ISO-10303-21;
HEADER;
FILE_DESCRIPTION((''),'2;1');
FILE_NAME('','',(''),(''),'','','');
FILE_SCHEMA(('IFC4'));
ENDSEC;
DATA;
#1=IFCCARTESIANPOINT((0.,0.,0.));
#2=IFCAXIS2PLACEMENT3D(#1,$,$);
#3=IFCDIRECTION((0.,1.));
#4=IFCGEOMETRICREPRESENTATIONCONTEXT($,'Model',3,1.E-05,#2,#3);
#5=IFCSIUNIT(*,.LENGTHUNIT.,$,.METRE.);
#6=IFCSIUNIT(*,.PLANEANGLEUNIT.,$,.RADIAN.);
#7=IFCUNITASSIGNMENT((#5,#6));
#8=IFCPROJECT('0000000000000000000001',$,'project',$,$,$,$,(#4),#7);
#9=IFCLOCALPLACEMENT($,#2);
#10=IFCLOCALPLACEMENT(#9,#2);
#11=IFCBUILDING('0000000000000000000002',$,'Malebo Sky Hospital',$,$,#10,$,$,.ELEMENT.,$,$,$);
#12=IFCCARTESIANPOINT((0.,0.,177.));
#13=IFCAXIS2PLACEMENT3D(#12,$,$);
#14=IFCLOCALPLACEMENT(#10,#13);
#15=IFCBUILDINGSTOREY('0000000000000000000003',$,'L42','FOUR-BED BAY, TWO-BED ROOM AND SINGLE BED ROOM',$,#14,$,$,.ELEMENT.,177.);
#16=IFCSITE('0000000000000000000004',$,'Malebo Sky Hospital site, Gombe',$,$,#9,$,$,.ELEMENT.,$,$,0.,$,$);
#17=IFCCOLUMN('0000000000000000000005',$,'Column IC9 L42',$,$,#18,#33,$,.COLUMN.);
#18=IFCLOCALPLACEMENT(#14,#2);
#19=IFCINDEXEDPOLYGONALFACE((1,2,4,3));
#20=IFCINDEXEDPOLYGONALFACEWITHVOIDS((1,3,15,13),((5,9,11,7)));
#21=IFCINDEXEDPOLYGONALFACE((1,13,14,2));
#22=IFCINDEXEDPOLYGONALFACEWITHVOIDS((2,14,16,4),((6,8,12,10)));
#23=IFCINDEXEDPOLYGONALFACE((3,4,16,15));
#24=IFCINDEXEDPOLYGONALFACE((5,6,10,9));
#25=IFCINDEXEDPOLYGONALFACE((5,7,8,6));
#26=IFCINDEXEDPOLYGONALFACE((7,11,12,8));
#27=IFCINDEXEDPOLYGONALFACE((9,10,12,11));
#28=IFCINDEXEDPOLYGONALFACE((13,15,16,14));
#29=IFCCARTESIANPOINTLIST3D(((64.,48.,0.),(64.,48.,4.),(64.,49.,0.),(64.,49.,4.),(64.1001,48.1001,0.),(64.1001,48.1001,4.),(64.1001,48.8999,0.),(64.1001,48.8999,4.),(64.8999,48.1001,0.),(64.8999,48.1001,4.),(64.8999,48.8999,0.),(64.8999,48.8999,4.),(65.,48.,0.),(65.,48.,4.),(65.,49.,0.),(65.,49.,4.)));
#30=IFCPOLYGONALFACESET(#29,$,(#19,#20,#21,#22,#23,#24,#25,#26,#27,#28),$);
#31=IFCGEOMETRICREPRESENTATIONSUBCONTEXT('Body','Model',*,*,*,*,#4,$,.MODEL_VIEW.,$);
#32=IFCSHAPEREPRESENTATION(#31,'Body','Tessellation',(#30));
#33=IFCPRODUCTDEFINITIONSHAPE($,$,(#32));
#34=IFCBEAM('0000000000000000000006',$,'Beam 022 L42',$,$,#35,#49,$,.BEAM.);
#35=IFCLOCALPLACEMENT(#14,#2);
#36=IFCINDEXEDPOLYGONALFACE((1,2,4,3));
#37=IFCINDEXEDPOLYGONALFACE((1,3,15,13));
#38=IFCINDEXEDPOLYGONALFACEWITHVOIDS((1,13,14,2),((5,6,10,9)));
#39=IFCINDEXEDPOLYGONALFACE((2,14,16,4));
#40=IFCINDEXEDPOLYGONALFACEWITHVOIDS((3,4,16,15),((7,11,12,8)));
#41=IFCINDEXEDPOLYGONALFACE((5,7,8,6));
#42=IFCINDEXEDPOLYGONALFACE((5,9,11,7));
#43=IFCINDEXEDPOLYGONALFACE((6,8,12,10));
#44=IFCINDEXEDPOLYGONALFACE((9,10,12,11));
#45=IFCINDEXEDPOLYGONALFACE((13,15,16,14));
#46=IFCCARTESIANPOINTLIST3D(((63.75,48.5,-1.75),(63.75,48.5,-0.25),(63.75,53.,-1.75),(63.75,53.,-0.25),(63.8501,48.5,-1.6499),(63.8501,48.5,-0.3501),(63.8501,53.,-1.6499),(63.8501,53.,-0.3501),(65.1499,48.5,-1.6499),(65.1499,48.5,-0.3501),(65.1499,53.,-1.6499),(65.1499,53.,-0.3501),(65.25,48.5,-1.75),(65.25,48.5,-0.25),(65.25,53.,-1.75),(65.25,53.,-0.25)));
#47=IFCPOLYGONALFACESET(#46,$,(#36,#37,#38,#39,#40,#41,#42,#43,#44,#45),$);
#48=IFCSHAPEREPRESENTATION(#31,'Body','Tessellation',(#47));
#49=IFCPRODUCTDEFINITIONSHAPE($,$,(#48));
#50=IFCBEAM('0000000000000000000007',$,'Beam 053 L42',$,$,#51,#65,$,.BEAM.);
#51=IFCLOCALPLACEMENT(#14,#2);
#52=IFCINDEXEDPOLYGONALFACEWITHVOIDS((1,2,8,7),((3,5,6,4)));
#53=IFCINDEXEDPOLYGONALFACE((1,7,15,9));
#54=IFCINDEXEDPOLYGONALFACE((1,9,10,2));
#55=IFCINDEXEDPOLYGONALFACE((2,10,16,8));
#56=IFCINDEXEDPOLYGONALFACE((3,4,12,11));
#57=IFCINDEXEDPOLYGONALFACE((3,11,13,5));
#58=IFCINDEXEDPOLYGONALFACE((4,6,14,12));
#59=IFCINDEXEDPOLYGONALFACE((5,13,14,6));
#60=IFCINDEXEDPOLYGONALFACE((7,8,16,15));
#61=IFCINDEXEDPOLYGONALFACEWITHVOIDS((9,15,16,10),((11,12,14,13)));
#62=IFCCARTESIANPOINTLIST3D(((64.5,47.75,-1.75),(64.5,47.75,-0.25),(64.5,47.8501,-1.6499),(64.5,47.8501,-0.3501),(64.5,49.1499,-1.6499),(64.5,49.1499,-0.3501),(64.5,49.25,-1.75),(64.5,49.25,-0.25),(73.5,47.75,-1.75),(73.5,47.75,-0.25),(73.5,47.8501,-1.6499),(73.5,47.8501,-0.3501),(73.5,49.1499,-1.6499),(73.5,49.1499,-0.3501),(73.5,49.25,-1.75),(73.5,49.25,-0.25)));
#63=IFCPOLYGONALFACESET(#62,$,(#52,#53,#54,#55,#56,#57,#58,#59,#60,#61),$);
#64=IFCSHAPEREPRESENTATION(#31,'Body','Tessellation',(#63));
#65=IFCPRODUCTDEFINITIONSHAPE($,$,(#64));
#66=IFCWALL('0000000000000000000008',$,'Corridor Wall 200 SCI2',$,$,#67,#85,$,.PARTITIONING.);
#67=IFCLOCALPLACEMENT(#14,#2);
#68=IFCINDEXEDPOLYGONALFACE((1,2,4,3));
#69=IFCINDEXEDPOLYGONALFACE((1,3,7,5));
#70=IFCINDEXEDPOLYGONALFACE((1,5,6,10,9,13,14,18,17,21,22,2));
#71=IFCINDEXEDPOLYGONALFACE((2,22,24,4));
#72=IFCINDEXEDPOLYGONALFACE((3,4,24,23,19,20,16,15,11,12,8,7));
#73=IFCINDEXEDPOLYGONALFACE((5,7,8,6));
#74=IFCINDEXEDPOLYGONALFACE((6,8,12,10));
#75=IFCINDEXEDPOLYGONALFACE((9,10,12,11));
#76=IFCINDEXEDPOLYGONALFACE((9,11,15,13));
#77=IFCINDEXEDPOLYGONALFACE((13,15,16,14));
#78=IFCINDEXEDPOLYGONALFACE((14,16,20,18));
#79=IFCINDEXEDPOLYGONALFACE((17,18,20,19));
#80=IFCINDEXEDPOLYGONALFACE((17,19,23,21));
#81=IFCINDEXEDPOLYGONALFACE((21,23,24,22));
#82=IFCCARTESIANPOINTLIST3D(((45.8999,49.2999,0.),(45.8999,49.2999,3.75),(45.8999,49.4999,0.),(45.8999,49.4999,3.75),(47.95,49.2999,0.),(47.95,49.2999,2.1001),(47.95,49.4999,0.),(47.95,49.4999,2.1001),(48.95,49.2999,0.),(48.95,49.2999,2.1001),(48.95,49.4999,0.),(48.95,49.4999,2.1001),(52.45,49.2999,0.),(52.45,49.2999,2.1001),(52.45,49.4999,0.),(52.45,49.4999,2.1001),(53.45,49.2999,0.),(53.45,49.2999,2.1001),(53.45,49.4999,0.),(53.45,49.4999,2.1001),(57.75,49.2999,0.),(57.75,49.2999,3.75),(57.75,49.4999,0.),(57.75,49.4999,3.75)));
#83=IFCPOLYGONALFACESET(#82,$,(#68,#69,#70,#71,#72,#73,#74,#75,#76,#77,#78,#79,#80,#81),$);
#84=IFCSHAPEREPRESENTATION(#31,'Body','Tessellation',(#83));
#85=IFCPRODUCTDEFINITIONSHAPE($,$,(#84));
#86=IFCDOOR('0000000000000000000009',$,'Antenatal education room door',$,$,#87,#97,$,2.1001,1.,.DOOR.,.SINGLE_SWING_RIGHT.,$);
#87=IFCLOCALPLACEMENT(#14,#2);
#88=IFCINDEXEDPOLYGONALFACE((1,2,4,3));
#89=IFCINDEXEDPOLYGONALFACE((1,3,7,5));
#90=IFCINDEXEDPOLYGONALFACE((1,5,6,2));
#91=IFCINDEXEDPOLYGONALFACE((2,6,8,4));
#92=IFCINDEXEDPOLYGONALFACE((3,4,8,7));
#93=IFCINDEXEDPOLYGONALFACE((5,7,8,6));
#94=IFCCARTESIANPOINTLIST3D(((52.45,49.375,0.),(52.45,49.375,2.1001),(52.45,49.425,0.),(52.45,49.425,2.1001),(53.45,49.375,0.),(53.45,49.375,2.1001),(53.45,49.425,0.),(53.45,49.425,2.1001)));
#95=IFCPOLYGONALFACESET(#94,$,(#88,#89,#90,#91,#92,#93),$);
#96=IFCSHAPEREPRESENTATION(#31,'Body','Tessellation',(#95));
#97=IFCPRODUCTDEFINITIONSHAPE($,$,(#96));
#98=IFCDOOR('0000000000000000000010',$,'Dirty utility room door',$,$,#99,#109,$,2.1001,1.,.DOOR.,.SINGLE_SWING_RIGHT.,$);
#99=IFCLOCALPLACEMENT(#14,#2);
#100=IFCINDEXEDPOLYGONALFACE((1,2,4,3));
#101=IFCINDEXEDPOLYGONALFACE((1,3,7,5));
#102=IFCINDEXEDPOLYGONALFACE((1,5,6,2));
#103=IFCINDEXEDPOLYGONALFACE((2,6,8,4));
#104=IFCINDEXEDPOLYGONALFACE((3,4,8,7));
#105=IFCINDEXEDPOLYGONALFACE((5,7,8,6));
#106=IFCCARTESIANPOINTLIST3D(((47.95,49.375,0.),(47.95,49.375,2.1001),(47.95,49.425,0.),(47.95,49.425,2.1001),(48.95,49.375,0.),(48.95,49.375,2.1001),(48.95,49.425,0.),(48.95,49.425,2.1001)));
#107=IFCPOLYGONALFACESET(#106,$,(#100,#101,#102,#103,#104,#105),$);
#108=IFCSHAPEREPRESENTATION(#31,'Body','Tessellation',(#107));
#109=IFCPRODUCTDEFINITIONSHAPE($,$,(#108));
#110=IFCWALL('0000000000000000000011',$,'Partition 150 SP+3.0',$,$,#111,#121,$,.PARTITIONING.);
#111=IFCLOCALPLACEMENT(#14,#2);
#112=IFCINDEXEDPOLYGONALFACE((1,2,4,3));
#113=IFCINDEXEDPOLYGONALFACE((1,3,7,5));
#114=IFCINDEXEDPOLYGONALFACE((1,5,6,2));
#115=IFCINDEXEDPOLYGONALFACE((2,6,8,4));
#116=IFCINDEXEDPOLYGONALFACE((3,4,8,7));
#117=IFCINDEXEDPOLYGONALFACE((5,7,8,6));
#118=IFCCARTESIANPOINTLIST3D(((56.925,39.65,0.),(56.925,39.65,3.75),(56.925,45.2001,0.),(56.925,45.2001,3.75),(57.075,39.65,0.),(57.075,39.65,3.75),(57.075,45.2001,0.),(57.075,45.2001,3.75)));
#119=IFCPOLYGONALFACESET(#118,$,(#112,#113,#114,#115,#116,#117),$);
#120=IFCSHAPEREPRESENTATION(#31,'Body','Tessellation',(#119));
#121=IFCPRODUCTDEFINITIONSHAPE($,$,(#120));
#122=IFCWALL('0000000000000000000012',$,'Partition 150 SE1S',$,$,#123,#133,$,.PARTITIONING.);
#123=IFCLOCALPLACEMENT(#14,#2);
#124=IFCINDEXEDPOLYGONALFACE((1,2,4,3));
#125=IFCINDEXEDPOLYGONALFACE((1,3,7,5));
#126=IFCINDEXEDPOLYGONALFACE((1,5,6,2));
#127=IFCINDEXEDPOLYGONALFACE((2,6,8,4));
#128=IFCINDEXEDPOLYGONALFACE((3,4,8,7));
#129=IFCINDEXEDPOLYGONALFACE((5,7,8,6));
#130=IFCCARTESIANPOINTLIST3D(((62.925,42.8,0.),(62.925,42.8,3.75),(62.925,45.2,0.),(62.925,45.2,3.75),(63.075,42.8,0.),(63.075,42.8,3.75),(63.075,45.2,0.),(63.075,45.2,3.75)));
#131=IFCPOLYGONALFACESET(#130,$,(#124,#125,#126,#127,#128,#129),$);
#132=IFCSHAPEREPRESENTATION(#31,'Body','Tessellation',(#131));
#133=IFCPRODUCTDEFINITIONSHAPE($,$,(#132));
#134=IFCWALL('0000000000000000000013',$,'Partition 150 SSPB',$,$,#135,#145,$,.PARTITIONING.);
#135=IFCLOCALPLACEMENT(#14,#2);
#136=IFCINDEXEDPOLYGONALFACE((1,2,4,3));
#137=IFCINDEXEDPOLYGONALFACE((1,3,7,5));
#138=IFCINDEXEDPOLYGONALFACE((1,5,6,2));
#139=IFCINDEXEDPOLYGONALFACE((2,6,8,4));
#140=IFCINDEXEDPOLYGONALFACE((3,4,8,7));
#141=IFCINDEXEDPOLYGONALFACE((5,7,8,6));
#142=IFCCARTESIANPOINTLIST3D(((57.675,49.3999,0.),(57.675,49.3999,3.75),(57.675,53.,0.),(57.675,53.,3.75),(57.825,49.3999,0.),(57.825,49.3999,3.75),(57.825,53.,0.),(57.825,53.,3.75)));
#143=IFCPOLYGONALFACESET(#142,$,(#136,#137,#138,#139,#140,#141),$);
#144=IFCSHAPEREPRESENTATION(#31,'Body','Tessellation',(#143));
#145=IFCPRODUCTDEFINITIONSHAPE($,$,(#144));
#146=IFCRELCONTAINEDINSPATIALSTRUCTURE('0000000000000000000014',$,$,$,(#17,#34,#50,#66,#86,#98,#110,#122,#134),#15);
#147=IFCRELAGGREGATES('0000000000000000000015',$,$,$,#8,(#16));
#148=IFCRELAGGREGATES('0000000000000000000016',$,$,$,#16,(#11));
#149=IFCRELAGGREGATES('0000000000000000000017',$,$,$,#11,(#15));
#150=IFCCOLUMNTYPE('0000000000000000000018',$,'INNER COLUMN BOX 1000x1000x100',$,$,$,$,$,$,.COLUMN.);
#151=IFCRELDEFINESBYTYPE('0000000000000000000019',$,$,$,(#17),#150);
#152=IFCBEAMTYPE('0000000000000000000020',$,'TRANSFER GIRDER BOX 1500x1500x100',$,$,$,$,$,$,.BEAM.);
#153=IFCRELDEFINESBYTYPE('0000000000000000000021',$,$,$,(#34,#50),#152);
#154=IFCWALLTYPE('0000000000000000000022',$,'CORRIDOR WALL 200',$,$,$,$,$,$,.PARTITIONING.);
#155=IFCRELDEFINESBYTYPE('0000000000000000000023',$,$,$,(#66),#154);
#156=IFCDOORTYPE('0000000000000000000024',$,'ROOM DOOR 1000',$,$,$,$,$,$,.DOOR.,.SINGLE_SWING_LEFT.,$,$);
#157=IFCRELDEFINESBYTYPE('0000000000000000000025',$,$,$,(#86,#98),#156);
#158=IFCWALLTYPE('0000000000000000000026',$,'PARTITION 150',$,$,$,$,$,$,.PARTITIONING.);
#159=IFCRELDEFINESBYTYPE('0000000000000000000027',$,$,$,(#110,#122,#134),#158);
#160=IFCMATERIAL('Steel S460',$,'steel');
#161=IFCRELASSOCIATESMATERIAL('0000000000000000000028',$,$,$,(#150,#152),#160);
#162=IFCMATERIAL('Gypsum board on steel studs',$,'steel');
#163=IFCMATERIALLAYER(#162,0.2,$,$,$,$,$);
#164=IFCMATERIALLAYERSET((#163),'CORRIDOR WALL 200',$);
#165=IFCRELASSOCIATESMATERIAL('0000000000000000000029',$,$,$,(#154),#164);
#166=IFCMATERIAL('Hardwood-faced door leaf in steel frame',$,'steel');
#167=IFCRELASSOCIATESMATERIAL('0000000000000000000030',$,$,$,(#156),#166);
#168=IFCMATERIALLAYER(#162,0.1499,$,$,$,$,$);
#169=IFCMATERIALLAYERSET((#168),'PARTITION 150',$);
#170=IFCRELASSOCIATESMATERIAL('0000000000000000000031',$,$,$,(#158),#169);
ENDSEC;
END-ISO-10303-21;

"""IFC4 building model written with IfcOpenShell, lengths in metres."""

from ifc_helpers import new_model, si_unit, direction, frame, frame_2d, origin, origin_2d, place, context, subcontext, project, spatial, rectangle, hollow_rectangle, extrude, material, layer, layer_set, material_profile, profile_set, type_object, element, fill, save


model = new_model("IFC4")

# Units and contexts
model_context = context("Model", 3, precision=1e-05, world=origin(), true_north=direction((0.0, 1.0)))
body_context = subcontext(model_context, "Body", "Model", "MODEL_VIEW")
ifc_project = project(units=[si_unit("LENGTHUNIT", "METRE"), si_unit("PLANEANGLEUNIT", "RADIAN")], contexts=[model_context])

# Site, building, storey
site_placement = place(None, origin())
site = spatial("IfcSite", under=ifc_project, at=site_placement, Name="Malebo Sky Hospital site, Gombe", CompositionType="ELEMENT", RefElevation=0.0)
building_placement = place(site_placement, origin())
building = spatial("IfcBuilding", under=site, at=building_placement, Name="Malebo Sky Hospital", CompositionType="ELEMENT")
storey_placement = place(building_placement, frame((0.0, 0.0, 177.0)))
storey = spatial("IfcBuildingStorey", under=building, at=storey_placement, Name="L42", Description="FOUR-BED BAY, TWO-BED ROOM AND SINGLE BED ROOM", CompositionType="ELEMENT", Elevation=177.0)

# Column
ifc_material_1 = material(Name="Steel S460", Category="steel")
ifc_material_profile_1 = material_profile(ifc_material_1, hollow_rectangle(XDim=1.0, YDim=1.0, WallThickness=0.1001, at=origin_2d()), Name="BOX 1000x1000x100")
ifc_profile_set_1 = profile_set([ifc_material_profile_1], Name="Steel S460")
column_type = type_object("IfcColumnType", Name="INNER COLUMN BOX 1000x1000x100", PredefinedType="COLUMN", material=ifc_profile_set_1)
column_placement = place(storey_placement, frame((64.5, 48.5, 0.0), z_axis=(0.0, 0.0, 1.0), x_axis=(1.0, 0.0, 0.0)))
element("IfcColumn", 1, at=column_placement, inside=storey, type_object=column_type, Name="Column IC9 L42", PredefinedType="COLUMN", context=body_context, shape_type="SweptSolid", body=[
    extrude(hollow_rectangle(XDim=1.0, YDim=1.0, WallThickness=0.1001, at=origin_2d()), origin(), (0.0, 0.0, 1.0), 4.0),
])

# Beams
ifc_material_profile_2 = material_profile(ifc_material_1, hollow_rectangle(XDim=1.5, YDim=1.5, WallThickness=0.1001, at=origin_2d()), Name="BOX 1500x1500x100")
ifc_profile_set_2 = profile_set([ifc_material_profile_2], Name="Steel S460")
beam_type = type_object("IfcBeamType", Name="TRANSFER GIRDER BOX 1500x1500x100", PredefinedType="BEAM", material=ifc_profile_set_2)
beam_1_placement = place(storey_placement, frame((64.5, 48.5, -1.0), z_axis=(0.0, 1.0, 0.0), x_axis=(-1.0, 0.0, 0.0)))
element("IfcBeam", 2, at=beam_1_placement, inside=storey, type_object=beam_type, Name="Beam 022 L42", PredefinedType="BEAM", context=body_context, shape_type="SweptSolid", body=[
    extrude(hollow_rectangle(XDim=1.5, YDim=1.5, WallThickness=0.1001, at=origin_2d()), origin(), (0.0, 0.0, 1.0), 4.5),
])
beam_2_placement = place(storey_placement, frame((64.5, 48.5, -1.0), z_axis=(1.0, 0.0, 0.0), x_axis=(0.0, 1.0, 0.0)))
element("IfcBeam", 3, at=beam_2_placement, inside=storey, type_object=beam_type, Name="Beam 053 L42", PredefinedType="BEAM", context=body_context, shape_type="SweptSolid", body=[
    extrude(hollow_rectangle(XDim=1.5, YDim=1.5, WallThickness=0.1001, at=origin_2d()), origin(), (0.0, 0.0, 1.0), 9.0),
])

# Wall, openings, doors
ifc_material_2 = material(Name="Gypsum board on steel studs", Category="steel")
ifc_layer_1 = layer(ifc_material_2, 0.2)
ifc_layer_set_1 = layer_set([ifc_layer_1], Name="CORRIDOR WALL 200")
wall_type_1 = type_object("IfcWallType", Name="CORRIDOR WALL 200", PredefinedType="PARTITIONING", material=ifc_layer_set_1)
wall_1_placement = place(storey_placement, frame((57.75, 49.3999, 0.0), z_axis=(0.0, 0.0, 1.0), x_axis=(-1.0, 0.0, 0.0)))
wall_1 = element("IfcWall", 4, at=wall_1_placement, inside=storey, type_object=wall_type_1, Name="Corridor Wall 200 SCI2", PredefinedType="PARTITIONING", context=body_context, shape_type="SweptSolid", body=[
    extrude(rectangle(XDim=11.8501, YDim=0.2, at=frame_2d((5.925, 0.0))), origin(), (0.0, 0.0, 1.0), 3.75),
])
opening_1_placement = place(wall_1_placement, frame((4.3, 0.0, 0.0)))
opening_1 = element("IfcOpeningElement", 5, at=opening_1_placement, cuts=wall_1, PredefinedType="OPENING", context=body_context, shape_type="SweptSolid", body=[
    extrude(rectangle(XDim=1.0, YDim=2.1001, at=frame_2d((0.5, 1.05))), frame((0.0, 0.1099, 0.0), z_axis=(0.0, -1.0, 0.0), x_axis=(1.0, 0.0, 0.0)), (0.0, 0.0, 1.0), 0.22),
])
opening_2_placement = place(wall_1_placement, frame((8.8, 0.0, 0.0)))
opening_2 = element("IfcOpeningElement", 6, at=opening_2_placement, cuts=wall_1, PredefinedType="OPENING", context=body_context, shape_type="SweptSolid", body=[
    extrude(rectangle(XDim=1.0, YDim=2.1001, at=frame_2d((0.5, 1.05))), frame((0.0, 0.1099, 0.0), z_axis=(0.0, -1.0, 0.0), x_axis=(1.0, 0.0, 0.0)), (0.0, 0.0, 1.0), 0.22),
])
ifc_material_3 = material(Name="Hardwood-faced door leaf in steel frame", Category="steel")
door_type = type_object("IfcDoorType", Name="ROOM DOOR 1000", OperationType="SINGLE_SWING_LEFT", PredefinedType="DOOR", material=ifc_material_3)
door_1_placement = place(opening_1_placement, origin())
door_1 = element("IfcDoor", 7, at=door_1_placement, inside=storey, type_object=door_type, Name="Antenatal education room door", OperationType="SINGLE_SWING_RIGHT", OverallHeight=2.1001, OverallWidth=1.0, PredefinedType="DOOR", context=body_context, shape_type="SweptSolid", body=[
    extrude(rectangle(XDim=1.0, YDim=2.1001, at=frame_2d((0.5, 1.05))), frame((0.0, 0.0249, 0.0), z_axis=(0.0, -1.0, 0.0), x_axis=(1.0, 0.0, 0.0)), (0.0, 0.0, 1.0), 0.05),
])
fill(opening_1, door_1)
door_2_placement = place(opening_2_placement, origin())
door_2 = element("IfcDoor", 8, at=door_2_placement, inside=storey, type_object=door_type, Name="Dirty utility room door", OperationType="SINGLE_SWING_RIGHT", OverallHeight=2.1001, OverallWidth=1.0, PredefinedType="DOOR", context=body_context, shape_type="SweptSolid", body=[
    extrude(rectangle(XDim=1.0, YDim=2.1001, at=frame_2d((0.5, 1.05))), frame((0.0, 0.0249, 0.0), z_axis=(0.0, -1.0, 0.0), x_axis=(1.0, 0.0, 0.0)), (0.0, 0.0, 1.0), 0.05),
])
fill(opening_2, door_2)

# Walls
ifc_layer_2 = layer(ifc_material_2, 0.1499)
ifc_layer_set_2 = layer_set([ifc_layer_2], Name="PARTITION 150")
wall_type_2 = type_object("IfcWallType", Name="PARTITION 150", PredefinedType="PARTITIONING", material=ifc_layer_set_2)
wall_2_placement = place(storey_placement, frame((57.0, 45.2, 0.0), z_axis=(0.0, 0.0, 1.0), x_axis=(0.0, -1.0, 0.0)))
element("IfcWall", 9, at=wall_2_placement, inside=storey, type_object=wall_type_2, Name="Partition 150 SP+3.0", PredefinedType="PARTITIONING", context=body_context, shape_type="SweptSolid", body=[
    extrude(rectangle(XDim=5.55, YDim=0.1499, at=frame_2d((2.7749, 0.0))), origin(), (0.0, 0.0, 1.0), 3.75),
])
wall_3_placement = place(storey_placement, frame((63.0, 45.2, 0.0), z_axis=(0.0, 0.0, 1.0), x_axis=(0.0, -1.0, 0.0)))
element("IfcWall", 10, at=wall_3_placement, inside=storey, type_object=wall_type_2, Name="Partition 150 SE1S", PredefinedType="PARTITIONING", context=body_context, shape_type="SweptSolid", body=[
    extrude(rectangle(XDim=2.3999, YDim=0.1499, at=frame_2d((1.2, 0.0))), origin(), (0.0, 0.0, 1.0), 3.75),
])
wall_4_placement = place(storey_placement, frame((57.75, 53.0, 0.0), z_axis=(0.0, 0.0, 1.0), x_axis=(0.0, -1.0, 0.0)))
element("IfcWall", 11, at=wall_4_placement, inside=storey, type_object=wall_type_2, Name="Partition 150 SSPB", PredefinedType="PARTITIONING", context=body_context, shape_type="SweptSolid", body=[
    extrude(rectangle(XDim=3.6001, YDim=0.1499, at=frame_2d((1.8, 0.0))), origin(), (0.0, 0.0, 1.0), 3.75),
])

save(model, "model.ifc")
